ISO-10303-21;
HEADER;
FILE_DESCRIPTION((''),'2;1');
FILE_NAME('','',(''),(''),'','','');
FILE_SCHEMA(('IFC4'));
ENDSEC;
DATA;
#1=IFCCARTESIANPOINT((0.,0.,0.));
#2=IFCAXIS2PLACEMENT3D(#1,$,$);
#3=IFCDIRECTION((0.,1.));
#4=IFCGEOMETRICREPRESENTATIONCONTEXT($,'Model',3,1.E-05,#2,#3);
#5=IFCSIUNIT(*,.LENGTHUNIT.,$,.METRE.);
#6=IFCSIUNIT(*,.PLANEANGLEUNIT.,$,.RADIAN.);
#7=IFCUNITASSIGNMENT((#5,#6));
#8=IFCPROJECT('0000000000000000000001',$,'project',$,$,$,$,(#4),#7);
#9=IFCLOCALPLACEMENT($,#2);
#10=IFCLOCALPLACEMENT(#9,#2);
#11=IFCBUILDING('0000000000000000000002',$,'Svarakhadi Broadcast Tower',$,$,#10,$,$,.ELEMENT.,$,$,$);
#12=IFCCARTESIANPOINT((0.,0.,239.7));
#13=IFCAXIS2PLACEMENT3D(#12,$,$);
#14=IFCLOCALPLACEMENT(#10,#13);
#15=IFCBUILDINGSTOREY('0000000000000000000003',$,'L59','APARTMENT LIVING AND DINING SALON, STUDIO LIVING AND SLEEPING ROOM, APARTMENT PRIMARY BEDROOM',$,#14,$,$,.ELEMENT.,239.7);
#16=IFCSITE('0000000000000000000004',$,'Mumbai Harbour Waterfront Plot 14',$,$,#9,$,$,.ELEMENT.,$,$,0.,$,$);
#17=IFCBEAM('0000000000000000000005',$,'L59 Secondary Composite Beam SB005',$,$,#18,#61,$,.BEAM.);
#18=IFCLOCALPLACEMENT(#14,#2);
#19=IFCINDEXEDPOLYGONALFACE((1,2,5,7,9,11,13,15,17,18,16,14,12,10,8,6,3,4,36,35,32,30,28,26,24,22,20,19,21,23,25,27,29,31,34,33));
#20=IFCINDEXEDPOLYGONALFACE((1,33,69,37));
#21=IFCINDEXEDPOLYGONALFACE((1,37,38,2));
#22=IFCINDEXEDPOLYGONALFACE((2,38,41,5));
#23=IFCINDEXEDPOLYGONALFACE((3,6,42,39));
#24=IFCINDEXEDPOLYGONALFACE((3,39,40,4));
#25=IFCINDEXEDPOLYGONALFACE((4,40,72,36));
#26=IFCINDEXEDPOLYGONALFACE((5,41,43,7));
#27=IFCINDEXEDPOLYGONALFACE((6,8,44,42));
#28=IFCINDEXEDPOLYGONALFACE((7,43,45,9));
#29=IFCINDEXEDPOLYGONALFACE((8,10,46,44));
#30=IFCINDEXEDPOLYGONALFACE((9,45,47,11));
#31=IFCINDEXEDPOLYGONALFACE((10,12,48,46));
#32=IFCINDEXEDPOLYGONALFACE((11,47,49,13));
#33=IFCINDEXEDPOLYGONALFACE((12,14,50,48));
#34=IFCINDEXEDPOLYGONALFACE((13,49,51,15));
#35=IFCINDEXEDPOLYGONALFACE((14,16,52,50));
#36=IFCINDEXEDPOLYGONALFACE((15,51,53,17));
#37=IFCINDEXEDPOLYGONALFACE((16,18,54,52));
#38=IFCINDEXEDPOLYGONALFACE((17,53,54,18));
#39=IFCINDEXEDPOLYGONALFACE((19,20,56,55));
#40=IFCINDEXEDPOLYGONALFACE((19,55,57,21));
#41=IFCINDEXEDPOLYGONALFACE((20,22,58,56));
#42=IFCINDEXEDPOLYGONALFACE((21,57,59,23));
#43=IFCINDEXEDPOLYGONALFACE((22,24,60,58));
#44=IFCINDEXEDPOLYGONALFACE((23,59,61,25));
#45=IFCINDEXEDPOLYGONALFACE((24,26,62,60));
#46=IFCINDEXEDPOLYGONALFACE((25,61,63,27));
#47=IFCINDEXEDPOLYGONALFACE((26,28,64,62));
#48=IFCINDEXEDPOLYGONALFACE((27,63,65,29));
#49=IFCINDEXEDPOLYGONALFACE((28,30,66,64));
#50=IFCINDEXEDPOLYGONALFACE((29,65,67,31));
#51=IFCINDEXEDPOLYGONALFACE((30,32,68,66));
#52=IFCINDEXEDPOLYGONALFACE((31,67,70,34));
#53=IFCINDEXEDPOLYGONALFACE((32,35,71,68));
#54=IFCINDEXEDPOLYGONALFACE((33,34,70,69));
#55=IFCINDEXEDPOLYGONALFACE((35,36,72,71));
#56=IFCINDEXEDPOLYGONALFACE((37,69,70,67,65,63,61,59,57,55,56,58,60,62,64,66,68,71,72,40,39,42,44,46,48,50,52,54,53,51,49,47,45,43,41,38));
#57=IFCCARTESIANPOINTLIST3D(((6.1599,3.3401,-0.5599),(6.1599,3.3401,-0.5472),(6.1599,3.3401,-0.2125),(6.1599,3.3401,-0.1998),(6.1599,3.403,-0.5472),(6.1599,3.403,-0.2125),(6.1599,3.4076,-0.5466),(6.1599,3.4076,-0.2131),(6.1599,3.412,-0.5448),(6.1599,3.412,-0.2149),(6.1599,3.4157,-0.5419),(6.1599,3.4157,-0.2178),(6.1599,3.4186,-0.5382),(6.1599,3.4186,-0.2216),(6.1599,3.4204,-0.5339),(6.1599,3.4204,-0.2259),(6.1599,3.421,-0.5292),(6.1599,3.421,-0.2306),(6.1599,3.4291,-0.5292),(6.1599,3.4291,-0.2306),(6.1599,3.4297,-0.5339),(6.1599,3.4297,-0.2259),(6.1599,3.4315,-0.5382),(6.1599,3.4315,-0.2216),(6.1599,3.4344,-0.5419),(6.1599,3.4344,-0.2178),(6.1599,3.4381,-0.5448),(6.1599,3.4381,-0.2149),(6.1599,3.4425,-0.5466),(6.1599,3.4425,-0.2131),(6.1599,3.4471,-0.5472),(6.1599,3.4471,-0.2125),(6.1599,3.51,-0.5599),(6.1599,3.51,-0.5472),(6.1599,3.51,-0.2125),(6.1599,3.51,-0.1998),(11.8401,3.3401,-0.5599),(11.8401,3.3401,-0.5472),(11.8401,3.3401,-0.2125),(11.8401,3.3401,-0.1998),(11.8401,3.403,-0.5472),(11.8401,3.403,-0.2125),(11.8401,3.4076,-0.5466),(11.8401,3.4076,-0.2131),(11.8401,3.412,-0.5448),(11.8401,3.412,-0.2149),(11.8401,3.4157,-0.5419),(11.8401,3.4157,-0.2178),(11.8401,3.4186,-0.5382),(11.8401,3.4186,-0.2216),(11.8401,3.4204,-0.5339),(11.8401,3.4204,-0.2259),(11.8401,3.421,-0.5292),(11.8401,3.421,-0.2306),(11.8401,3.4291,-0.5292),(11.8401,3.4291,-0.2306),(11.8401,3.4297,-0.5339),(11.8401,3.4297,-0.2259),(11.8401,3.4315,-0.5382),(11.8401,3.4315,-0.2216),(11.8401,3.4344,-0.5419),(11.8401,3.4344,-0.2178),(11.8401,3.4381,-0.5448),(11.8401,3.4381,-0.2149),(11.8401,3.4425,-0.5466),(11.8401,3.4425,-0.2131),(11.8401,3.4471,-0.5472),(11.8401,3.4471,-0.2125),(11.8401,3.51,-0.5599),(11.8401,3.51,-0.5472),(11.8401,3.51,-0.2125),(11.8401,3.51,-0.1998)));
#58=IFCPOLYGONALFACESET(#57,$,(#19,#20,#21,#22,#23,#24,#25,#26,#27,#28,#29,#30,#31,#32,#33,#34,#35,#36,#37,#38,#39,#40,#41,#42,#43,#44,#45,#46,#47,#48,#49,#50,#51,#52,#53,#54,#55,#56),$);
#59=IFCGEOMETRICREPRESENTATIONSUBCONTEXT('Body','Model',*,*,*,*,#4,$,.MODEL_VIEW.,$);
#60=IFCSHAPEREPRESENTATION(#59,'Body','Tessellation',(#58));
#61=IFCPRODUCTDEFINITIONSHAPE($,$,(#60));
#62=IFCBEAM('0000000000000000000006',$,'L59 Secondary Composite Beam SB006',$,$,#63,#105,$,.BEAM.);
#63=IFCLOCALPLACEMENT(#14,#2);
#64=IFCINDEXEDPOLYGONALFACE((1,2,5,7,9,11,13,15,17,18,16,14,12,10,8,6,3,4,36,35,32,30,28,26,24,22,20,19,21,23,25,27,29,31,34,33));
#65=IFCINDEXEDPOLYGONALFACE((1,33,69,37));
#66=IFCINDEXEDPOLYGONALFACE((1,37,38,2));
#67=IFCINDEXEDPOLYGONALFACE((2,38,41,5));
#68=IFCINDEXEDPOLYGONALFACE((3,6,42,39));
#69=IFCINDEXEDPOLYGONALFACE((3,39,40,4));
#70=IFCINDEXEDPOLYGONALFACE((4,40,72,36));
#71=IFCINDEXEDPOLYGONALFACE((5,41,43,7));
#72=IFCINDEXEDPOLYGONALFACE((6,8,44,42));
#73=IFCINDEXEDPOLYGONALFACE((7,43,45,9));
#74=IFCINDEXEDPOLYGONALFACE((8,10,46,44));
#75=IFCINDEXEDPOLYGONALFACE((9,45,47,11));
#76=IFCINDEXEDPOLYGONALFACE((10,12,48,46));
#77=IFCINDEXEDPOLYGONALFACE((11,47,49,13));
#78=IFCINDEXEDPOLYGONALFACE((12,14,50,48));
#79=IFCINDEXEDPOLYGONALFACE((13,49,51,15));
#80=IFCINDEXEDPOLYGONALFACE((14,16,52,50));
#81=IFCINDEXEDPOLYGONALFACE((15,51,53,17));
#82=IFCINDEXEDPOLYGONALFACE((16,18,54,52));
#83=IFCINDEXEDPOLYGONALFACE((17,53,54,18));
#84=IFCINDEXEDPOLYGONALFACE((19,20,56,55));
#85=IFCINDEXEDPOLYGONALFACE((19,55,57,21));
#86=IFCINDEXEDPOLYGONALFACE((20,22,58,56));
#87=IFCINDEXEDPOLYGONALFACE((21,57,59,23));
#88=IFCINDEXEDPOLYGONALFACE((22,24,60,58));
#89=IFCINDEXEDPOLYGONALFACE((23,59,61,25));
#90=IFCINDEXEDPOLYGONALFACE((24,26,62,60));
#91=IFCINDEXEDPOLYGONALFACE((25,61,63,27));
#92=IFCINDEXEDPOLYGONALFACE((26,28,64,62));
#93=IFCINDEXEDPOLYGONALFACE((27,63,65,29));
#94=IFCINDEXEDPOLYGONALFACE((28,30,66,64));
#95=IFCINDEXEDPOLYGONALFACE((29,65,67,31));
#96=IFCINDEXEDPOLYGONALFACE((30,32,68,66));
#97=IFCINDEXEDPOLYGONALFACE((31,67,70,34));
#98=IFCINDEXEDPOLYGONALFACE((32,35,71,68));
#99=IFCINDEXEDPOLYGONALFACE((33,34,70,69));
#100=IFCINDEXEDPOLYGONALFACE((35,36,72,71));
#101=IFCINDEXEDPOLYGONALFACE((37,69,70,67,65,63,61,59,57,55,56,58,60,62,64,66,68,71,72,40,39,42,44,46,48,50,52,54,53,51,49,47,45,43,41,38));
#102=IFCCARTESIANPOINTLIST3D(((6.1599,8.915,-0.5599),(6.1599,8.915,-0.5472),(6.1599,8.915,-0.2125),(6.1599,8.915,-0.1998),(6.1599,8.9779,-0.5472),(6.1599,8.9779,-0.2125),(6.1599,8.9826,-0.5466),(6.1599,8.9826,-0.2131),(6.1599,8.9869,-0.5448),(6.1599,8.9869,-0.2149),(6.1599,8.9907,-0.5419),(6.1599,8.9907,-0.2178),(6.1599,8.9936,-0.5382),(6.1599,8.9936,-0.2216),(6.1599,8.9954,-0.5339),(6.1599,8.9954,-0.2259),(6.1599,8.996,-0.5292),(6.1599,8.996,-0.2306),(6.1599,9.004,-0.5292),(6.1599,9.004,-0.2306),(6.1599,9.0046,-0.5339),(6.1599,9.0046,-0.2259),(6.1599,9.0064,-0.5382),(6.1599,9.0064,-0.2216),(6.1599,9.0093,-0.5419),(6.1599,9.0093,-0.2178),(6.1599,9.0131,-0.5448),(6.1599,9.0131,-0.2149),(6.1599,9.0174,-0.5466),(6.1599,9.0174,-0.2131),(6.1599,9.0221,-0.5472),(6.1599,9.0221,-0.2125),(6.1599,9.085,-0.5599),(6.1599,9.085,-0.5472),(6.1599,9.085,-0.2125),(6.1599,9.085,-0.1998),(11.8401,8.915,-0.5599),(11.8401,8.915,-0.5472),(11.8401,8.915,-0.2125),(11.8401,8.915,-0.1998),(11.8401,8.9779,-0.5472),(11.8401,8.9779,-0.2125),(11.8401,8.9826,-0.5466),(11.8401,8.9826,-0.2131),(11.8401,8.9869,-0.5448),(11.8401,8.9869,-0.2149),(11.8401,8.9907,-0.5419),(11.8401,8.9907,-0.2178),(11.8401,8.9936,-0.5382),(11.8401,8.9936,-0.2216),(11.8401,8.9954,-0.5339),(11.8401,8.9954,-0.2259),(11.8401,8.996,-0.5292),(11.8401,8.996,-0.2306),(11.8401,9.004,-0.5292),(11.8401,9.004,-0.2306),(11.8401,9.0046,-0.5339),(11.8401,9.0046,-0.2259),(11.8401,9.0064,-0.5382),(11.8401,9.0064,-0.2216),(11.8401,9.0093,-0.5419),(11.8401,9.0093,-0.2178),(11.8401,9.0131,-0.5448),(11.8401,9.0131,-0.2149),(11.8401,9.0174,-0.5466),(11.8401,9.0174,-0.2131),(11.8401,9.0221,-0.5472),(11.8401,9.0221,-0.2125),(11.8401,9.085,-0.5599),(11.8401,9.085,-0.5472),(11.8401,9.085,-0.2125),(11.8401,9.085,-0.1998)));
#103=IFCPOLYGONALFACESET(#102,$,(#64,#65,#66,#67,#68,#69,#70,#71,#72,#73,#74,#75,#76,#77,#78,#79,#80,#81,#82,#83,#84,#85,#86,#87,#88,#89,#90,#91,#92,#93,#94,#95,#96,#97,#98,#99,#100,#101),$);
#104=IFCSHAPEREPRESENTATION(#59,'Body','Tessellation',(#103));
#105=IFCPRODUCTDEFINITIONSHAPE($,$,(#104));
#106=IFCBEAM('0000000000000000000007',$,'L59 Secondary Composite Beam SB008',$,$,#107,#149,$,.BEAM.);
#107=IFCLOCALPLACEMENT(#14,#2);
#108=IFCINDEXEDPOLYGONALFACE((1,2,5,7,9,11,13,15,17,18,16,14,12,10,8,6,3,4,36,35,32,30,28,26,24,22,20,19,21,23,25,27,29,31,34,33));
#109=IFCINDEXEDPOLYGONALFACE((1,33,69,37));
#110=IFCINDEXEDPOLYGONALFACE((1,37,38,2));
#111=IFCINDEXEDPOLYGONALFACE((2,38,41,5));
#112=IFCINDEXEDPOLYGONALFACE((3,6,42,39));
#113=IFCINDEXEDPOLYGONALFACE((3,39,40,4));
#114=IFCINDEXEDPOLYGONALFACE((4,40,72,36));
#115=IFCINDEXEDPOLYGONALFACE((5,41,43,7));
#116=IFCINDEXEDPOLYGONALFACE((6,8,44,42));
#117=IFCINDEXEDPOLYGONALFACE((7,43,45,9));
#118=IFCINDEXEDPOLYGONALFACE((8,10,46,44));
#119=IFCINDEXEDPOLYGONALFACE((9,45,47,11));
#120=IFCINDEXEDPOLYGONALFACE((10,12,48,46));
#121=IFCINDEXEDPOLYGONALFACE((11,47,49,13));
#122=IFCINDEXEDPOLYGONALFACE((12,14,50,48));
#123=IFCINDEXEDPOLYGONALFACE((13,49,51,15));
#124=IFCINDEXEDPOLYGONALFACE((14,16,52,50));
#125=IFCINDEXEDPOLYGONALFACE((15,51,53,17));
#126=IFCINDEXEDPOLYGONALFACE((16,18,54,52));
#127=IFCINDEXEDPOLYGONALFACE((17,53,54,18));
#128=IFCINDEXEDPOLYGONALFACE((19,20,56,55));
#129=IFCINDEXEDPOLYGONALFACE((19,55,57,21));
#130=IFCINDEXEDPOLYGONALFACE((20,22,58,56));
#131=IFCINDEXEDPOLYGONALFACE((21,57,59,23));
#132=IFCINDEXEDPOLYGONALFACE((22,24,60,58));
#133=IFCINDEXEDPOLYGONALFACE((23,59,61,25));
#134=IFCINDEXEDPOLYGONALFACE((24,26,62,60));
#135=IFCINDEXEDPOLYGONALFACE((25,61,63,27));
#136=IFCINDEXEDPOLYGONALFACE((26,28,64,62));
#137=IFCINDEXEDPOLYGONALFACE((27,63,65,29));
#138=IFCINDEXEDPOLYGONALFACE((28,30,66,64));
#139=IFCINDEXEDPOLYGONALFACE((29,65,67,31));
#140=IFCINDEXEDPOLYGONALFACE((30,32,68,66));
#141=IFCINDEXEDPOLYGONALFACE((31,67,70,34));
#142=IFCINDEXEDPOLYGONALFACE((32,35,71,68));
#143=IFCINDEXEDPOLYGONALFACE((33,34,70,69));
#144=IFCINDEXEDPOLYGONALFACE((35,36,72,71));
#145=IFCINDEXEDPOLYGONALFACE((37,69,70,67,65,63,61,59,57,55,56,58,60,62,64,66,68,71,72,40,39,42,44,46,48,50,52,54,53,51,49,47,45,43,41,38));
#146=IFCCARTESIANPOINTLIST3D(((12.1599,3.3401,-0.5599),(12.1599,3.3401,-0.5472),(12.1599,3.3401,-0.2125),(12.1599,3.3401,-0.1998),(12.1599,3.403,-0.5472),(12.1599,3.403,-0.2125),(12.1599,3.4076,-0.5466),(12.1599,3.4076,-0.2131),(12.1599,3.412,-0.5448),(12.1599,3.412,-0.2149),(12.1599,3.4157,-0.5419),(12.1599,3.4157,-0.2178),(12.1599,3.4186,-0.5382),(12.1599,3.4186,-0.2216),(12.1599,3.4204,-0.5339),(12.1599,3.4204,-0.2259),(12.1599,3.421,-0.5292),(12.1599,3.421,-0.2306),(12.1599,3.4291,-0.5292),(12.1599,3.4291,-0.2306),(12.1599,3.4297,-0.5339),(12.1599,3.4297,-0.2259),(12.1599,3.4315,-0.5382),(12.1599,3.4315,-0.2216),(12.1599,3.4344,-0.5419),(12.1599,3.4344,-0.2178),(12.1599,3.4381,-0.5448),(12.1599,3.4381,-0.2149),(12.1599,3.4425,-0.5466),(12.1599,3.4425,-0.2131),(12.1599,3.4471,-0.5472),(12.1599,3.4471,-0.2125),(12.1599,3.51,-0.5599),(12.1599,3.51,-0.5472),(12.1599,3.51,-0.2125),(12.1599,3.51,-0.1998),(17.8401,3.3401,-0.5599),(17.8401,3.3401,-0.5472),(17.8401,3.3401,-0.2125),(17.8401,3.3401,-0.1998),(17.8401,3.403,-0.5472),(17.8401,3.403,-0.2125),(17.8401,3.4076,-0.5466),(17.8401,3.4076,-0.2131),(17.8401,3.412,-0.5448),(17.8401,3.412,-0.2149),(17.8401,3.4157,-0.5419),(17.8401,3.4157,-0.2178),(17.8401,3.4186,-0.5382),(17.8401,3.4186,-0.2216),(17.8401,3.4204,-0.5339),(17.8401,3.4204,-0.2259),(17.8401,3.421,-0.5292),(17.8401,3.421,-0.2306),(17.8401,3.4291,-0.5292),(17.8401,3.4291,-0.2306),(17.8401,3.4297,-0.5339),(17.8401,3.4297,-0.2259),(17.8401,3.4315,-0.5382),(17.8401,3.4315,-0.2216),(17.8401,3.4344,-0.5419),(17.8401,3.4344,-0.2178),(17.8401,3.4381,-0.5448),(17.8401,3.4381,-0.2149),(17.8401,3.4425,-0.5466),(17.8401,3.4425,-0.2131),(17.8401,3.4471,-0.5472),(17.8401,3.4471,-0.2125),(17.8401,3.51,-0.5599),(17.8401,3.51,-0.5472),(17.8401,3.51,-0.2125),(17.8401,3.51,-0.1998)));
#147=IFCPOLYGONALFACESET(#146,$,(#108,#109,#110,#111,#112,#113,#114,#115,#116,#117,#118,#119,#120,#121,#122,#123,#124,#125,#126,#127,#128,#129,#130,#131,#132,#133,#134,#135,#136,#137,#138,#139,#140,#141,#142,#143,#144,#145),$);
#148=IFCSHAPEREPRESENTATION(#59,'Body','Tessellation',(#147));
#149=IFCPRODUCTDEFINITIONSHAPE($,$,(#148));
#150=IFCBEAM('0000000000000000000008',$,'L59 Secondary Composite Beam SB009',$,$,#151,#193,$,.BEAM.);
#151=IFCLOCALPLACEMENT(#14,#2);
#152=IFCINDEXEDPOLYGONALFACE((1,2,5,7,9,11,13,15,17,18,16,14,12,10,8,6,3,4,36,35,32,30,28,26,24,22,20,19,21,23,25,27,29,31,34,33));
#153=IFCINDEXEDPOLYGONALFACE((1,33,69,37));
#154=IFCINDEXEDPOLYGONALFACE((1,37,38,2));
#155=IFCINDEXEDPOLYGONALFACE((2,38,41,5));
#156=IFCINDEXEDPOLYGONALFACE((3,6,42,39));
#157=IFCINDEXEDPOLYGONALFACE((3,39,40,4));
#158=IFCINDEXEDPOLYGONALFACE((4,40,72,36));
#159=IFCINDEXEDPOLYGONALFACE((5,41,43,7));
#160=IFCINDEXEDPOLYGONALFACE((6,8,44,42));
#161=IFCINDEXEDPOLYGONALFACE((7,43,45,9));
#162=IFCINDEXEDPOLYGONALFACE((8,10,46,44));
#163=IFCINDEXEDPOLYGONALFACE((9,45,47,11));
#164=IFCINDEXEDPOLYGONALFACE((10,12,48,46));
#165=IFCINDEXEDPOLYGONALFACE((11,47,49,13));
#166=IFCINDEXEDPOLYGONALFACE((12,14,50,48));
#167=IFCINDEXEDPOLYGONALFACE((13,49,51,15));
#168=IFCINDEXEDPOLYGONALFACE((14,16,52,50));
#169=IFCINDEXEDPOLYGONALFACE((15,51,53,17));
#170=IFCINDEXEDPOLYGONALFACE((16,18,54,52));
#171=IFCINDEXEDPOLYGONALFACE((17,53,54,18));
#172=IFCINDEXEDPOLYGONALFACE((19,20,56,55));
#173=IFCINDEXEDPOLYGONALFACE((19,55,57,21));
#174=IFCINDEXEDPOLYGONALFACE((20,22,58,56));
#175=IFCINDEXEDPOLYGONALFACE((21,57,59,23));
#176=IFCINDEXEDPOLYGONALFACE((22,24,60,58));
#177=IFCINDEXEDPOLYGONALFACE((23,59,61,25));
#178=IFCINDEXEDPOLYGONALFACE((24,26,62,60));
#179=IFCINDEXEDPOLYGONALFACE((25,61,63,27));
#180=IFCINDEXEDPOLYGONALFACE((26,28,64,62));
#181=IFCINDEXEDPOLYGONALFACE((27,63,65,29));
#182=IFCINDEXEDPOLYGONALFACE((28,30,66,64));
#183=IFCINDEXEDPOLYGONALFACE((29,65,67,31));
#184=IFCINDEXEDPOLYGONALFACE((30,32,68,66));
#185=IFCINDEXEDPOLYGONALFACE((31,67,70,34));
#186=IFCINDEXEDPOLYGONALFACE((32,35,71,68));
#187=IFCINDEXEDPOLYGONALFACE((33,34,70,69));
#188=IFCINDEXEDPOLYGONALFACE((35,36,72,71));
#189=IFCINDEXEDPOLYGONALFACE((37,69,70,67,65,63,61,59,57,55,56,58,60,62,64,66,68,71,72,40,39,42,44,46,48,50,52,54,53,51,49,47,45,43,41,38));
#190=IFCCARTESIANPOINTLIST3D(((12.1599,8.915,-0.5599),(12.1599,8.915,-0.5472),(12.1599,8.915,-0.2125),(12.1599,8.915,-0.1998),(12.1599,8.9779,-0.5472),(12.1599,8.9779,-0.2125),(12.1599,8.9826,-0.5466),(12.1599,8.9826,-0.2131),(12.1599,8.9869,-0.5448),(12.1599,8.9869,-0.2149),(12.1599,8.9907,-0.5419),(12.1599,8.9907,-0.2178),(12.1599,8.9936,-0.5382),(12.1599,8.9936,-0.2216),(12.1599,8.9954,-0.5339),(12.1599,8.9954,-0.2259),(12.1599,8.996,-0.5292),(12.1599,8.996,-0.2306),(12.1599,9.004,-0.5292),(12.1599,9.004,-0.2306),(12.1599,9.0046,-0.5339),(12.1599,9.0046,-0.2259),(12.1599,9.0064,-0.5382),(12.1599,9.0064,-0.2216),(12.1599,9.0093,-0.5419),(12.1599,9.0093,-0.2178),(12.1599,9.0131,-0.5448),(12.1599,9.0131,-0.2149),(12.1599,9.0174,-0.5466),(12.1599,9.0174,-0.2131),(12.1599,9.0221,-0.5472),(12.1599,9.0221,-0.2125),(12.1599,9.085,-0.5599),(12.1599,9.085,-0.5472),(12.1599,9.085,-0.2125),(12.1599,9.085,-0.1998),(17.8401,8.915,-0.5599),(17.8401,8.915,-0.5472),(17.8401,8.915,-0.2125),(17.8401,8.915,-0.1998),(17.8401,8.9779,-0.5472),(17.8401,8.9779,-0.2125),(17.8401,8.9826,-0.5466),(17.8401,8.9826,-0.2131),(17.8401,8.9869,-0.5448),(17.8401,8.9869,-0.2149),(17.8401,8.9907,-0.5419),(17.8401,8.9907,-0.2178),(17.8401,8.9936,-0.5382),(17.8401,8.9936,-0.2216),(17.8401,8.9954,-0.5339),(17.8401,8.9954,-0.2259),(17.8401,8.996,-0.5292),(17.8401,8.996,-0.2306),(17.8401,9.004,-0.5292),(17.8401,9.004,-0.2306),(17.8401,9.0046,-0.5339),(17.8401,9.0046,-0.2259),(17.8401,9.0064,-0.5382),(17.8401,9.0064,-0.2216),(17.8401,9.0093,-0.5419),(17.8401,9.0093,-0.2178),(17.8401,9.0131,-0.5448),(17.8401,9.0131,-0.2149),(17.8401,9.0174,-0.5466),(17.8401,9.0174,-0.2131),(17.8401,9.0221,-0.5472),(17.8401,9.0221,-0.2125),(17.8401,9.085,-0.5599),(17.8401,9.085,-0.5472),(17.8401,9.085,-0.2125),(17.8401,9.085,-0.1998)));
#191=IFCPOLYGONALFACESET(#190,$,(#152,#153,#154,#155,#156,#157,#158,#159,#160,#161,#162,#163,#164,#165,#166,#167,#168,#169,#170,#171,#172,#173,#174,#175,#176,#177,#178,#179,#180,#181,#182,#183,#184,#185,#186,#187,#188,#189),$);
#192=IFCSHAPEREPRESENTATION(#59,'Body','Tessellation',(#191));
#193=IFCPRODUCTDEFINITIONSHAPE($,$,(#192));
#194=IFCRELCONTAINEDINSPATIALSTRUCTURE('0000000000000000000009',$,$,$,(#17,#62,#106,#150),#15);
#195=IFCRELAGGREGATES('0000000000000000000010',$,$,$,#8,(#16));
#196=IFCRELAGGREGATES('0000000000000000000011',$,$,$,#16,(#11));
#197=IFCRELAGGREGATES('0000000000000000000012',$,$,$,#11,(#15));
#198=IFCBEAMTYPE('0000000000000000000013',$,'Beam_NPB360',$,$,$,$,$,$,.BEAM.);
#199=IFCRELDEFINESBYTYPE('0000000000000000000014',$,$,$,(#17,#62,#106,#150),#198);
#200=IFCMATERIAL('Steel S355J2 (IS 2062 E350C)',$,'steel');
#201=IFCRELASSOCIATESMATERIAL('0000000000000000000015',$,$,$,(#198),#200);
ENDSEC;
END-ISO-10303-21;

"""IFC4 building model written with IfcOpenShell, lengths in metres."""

from ifc_helpers import new_model, si_unit, direction, frame, origin, origin_2d, place, context, subcontext, project, spatial, i_section, extrude, material, material_profile, profile_set, type_object, element, save


model = new_model("IFC4")

# Units and contexts
model_context = context("Model", 3, precision=1e-05, world=origin(), true_north=direction((0.0, 1.0)))
body_context = subcontext(model_context, "Body", "Model", "MODEL_VIEW")
ifc_project = project(units=[si_unit("LENGTHUNIT", "METRE"), si_unit("PLANEANGLEUNIT", "RADIAN")], contexts=[model_context])

# Site, building, storey
site_placement = place(None, origin())
site = spatial("IfcSite", under=ifc_project, at=site_placement, Name="Mumbai Harbour Waterfront Plot 14", CompositionType="ELEMENT", RefElevation=0.0)
building_placement = place(site_placement, origin())
building = spatial("IfcBuilding", under=site, at=building_placement, Name="Svarakhadi Broadcast Tower", CompositionType="ELEMENT")
storey_placement = place(building_placement, frame((0.0, 0.0, 239.7)))
storey = spatial("IfcBuildingStorey", under=building, at=storey_placement, Name="L59", Description="APARTMENT LIVING AND DINING SALON, STUDIO LIVING AND SLEEPING ROOM, APARTMENT PRIMARY BEDROOM", CompositionType="ELEMENT", Elevation=239.7)

# Beams
ifc_material_1 = material(Name="Steel S355J2 (IS 2062 E350C)", Category="steel")
ifc_material_profile_1 = material_profile(ifc_material_1, i_section(OverallWidth=0.1699, OverallDepth=0.3601, WebThickness=0.0081, FlangeThickness=0.0127, FilletRadius=0.0181, at=origin_2d()), Name="NPB 360x170x57")
ifc_profile_set_1 = profile_set([ifc_material_profile_1], Name="Steel S355J2 (IS 2062 E350C)")
beam_type_1 = type_object("IfcBeamType", Name="Beam_NPB360", PredefinedType="BEAM", material=ifc_profile_set_1)
for number, where, z_axis, x_axis, name in (
    (1, (6.1599, 3.425, -0.3799), (1.0, 0.0, 0.0), (0.0, 1.0, 0.0), "L59 Secondary Composite Beam SB005"),
    (2, (6.1599, 9.0, -0.3799), (1.0, 0.0, 0.0), (0.0, 1.0, 0.0), "L59 Secondary Composite Beam SB006"),
    (3, (12.1599, 3.425, -0.3799), (1.0, 0.0, 0.0), (0.0, 1.0, 0.0), "L59 Secondary Composite Beam SB008"),
    (4, (12.1599, 9.0, -0.3799), (1.0, 0.0, 0.0), (0.0, 1.0, 0.0), "L59 Secondary Composite Beam SB009"),
):
    element("IfcBeam", number, at=place(storey_placement, frame(where, z_axis=z_axis, x_axis=x_axis)), inside=storey, type_object=beam_type_1, Name=name, PredefinedType="BEAM", context=body_context, shape_type="SweptSolid", body=[
        extrude(i_section(OverallWidth=0.1699, OverallDepth=0.3601, WebThickness=0.0081, FlangeThickness=0.0127, FilletRadius=0.0181, at=origin_2d()), origin(), (0.0, 0.0, 1.0), 5.6802),
    ])

save(model, "model.ifc")
